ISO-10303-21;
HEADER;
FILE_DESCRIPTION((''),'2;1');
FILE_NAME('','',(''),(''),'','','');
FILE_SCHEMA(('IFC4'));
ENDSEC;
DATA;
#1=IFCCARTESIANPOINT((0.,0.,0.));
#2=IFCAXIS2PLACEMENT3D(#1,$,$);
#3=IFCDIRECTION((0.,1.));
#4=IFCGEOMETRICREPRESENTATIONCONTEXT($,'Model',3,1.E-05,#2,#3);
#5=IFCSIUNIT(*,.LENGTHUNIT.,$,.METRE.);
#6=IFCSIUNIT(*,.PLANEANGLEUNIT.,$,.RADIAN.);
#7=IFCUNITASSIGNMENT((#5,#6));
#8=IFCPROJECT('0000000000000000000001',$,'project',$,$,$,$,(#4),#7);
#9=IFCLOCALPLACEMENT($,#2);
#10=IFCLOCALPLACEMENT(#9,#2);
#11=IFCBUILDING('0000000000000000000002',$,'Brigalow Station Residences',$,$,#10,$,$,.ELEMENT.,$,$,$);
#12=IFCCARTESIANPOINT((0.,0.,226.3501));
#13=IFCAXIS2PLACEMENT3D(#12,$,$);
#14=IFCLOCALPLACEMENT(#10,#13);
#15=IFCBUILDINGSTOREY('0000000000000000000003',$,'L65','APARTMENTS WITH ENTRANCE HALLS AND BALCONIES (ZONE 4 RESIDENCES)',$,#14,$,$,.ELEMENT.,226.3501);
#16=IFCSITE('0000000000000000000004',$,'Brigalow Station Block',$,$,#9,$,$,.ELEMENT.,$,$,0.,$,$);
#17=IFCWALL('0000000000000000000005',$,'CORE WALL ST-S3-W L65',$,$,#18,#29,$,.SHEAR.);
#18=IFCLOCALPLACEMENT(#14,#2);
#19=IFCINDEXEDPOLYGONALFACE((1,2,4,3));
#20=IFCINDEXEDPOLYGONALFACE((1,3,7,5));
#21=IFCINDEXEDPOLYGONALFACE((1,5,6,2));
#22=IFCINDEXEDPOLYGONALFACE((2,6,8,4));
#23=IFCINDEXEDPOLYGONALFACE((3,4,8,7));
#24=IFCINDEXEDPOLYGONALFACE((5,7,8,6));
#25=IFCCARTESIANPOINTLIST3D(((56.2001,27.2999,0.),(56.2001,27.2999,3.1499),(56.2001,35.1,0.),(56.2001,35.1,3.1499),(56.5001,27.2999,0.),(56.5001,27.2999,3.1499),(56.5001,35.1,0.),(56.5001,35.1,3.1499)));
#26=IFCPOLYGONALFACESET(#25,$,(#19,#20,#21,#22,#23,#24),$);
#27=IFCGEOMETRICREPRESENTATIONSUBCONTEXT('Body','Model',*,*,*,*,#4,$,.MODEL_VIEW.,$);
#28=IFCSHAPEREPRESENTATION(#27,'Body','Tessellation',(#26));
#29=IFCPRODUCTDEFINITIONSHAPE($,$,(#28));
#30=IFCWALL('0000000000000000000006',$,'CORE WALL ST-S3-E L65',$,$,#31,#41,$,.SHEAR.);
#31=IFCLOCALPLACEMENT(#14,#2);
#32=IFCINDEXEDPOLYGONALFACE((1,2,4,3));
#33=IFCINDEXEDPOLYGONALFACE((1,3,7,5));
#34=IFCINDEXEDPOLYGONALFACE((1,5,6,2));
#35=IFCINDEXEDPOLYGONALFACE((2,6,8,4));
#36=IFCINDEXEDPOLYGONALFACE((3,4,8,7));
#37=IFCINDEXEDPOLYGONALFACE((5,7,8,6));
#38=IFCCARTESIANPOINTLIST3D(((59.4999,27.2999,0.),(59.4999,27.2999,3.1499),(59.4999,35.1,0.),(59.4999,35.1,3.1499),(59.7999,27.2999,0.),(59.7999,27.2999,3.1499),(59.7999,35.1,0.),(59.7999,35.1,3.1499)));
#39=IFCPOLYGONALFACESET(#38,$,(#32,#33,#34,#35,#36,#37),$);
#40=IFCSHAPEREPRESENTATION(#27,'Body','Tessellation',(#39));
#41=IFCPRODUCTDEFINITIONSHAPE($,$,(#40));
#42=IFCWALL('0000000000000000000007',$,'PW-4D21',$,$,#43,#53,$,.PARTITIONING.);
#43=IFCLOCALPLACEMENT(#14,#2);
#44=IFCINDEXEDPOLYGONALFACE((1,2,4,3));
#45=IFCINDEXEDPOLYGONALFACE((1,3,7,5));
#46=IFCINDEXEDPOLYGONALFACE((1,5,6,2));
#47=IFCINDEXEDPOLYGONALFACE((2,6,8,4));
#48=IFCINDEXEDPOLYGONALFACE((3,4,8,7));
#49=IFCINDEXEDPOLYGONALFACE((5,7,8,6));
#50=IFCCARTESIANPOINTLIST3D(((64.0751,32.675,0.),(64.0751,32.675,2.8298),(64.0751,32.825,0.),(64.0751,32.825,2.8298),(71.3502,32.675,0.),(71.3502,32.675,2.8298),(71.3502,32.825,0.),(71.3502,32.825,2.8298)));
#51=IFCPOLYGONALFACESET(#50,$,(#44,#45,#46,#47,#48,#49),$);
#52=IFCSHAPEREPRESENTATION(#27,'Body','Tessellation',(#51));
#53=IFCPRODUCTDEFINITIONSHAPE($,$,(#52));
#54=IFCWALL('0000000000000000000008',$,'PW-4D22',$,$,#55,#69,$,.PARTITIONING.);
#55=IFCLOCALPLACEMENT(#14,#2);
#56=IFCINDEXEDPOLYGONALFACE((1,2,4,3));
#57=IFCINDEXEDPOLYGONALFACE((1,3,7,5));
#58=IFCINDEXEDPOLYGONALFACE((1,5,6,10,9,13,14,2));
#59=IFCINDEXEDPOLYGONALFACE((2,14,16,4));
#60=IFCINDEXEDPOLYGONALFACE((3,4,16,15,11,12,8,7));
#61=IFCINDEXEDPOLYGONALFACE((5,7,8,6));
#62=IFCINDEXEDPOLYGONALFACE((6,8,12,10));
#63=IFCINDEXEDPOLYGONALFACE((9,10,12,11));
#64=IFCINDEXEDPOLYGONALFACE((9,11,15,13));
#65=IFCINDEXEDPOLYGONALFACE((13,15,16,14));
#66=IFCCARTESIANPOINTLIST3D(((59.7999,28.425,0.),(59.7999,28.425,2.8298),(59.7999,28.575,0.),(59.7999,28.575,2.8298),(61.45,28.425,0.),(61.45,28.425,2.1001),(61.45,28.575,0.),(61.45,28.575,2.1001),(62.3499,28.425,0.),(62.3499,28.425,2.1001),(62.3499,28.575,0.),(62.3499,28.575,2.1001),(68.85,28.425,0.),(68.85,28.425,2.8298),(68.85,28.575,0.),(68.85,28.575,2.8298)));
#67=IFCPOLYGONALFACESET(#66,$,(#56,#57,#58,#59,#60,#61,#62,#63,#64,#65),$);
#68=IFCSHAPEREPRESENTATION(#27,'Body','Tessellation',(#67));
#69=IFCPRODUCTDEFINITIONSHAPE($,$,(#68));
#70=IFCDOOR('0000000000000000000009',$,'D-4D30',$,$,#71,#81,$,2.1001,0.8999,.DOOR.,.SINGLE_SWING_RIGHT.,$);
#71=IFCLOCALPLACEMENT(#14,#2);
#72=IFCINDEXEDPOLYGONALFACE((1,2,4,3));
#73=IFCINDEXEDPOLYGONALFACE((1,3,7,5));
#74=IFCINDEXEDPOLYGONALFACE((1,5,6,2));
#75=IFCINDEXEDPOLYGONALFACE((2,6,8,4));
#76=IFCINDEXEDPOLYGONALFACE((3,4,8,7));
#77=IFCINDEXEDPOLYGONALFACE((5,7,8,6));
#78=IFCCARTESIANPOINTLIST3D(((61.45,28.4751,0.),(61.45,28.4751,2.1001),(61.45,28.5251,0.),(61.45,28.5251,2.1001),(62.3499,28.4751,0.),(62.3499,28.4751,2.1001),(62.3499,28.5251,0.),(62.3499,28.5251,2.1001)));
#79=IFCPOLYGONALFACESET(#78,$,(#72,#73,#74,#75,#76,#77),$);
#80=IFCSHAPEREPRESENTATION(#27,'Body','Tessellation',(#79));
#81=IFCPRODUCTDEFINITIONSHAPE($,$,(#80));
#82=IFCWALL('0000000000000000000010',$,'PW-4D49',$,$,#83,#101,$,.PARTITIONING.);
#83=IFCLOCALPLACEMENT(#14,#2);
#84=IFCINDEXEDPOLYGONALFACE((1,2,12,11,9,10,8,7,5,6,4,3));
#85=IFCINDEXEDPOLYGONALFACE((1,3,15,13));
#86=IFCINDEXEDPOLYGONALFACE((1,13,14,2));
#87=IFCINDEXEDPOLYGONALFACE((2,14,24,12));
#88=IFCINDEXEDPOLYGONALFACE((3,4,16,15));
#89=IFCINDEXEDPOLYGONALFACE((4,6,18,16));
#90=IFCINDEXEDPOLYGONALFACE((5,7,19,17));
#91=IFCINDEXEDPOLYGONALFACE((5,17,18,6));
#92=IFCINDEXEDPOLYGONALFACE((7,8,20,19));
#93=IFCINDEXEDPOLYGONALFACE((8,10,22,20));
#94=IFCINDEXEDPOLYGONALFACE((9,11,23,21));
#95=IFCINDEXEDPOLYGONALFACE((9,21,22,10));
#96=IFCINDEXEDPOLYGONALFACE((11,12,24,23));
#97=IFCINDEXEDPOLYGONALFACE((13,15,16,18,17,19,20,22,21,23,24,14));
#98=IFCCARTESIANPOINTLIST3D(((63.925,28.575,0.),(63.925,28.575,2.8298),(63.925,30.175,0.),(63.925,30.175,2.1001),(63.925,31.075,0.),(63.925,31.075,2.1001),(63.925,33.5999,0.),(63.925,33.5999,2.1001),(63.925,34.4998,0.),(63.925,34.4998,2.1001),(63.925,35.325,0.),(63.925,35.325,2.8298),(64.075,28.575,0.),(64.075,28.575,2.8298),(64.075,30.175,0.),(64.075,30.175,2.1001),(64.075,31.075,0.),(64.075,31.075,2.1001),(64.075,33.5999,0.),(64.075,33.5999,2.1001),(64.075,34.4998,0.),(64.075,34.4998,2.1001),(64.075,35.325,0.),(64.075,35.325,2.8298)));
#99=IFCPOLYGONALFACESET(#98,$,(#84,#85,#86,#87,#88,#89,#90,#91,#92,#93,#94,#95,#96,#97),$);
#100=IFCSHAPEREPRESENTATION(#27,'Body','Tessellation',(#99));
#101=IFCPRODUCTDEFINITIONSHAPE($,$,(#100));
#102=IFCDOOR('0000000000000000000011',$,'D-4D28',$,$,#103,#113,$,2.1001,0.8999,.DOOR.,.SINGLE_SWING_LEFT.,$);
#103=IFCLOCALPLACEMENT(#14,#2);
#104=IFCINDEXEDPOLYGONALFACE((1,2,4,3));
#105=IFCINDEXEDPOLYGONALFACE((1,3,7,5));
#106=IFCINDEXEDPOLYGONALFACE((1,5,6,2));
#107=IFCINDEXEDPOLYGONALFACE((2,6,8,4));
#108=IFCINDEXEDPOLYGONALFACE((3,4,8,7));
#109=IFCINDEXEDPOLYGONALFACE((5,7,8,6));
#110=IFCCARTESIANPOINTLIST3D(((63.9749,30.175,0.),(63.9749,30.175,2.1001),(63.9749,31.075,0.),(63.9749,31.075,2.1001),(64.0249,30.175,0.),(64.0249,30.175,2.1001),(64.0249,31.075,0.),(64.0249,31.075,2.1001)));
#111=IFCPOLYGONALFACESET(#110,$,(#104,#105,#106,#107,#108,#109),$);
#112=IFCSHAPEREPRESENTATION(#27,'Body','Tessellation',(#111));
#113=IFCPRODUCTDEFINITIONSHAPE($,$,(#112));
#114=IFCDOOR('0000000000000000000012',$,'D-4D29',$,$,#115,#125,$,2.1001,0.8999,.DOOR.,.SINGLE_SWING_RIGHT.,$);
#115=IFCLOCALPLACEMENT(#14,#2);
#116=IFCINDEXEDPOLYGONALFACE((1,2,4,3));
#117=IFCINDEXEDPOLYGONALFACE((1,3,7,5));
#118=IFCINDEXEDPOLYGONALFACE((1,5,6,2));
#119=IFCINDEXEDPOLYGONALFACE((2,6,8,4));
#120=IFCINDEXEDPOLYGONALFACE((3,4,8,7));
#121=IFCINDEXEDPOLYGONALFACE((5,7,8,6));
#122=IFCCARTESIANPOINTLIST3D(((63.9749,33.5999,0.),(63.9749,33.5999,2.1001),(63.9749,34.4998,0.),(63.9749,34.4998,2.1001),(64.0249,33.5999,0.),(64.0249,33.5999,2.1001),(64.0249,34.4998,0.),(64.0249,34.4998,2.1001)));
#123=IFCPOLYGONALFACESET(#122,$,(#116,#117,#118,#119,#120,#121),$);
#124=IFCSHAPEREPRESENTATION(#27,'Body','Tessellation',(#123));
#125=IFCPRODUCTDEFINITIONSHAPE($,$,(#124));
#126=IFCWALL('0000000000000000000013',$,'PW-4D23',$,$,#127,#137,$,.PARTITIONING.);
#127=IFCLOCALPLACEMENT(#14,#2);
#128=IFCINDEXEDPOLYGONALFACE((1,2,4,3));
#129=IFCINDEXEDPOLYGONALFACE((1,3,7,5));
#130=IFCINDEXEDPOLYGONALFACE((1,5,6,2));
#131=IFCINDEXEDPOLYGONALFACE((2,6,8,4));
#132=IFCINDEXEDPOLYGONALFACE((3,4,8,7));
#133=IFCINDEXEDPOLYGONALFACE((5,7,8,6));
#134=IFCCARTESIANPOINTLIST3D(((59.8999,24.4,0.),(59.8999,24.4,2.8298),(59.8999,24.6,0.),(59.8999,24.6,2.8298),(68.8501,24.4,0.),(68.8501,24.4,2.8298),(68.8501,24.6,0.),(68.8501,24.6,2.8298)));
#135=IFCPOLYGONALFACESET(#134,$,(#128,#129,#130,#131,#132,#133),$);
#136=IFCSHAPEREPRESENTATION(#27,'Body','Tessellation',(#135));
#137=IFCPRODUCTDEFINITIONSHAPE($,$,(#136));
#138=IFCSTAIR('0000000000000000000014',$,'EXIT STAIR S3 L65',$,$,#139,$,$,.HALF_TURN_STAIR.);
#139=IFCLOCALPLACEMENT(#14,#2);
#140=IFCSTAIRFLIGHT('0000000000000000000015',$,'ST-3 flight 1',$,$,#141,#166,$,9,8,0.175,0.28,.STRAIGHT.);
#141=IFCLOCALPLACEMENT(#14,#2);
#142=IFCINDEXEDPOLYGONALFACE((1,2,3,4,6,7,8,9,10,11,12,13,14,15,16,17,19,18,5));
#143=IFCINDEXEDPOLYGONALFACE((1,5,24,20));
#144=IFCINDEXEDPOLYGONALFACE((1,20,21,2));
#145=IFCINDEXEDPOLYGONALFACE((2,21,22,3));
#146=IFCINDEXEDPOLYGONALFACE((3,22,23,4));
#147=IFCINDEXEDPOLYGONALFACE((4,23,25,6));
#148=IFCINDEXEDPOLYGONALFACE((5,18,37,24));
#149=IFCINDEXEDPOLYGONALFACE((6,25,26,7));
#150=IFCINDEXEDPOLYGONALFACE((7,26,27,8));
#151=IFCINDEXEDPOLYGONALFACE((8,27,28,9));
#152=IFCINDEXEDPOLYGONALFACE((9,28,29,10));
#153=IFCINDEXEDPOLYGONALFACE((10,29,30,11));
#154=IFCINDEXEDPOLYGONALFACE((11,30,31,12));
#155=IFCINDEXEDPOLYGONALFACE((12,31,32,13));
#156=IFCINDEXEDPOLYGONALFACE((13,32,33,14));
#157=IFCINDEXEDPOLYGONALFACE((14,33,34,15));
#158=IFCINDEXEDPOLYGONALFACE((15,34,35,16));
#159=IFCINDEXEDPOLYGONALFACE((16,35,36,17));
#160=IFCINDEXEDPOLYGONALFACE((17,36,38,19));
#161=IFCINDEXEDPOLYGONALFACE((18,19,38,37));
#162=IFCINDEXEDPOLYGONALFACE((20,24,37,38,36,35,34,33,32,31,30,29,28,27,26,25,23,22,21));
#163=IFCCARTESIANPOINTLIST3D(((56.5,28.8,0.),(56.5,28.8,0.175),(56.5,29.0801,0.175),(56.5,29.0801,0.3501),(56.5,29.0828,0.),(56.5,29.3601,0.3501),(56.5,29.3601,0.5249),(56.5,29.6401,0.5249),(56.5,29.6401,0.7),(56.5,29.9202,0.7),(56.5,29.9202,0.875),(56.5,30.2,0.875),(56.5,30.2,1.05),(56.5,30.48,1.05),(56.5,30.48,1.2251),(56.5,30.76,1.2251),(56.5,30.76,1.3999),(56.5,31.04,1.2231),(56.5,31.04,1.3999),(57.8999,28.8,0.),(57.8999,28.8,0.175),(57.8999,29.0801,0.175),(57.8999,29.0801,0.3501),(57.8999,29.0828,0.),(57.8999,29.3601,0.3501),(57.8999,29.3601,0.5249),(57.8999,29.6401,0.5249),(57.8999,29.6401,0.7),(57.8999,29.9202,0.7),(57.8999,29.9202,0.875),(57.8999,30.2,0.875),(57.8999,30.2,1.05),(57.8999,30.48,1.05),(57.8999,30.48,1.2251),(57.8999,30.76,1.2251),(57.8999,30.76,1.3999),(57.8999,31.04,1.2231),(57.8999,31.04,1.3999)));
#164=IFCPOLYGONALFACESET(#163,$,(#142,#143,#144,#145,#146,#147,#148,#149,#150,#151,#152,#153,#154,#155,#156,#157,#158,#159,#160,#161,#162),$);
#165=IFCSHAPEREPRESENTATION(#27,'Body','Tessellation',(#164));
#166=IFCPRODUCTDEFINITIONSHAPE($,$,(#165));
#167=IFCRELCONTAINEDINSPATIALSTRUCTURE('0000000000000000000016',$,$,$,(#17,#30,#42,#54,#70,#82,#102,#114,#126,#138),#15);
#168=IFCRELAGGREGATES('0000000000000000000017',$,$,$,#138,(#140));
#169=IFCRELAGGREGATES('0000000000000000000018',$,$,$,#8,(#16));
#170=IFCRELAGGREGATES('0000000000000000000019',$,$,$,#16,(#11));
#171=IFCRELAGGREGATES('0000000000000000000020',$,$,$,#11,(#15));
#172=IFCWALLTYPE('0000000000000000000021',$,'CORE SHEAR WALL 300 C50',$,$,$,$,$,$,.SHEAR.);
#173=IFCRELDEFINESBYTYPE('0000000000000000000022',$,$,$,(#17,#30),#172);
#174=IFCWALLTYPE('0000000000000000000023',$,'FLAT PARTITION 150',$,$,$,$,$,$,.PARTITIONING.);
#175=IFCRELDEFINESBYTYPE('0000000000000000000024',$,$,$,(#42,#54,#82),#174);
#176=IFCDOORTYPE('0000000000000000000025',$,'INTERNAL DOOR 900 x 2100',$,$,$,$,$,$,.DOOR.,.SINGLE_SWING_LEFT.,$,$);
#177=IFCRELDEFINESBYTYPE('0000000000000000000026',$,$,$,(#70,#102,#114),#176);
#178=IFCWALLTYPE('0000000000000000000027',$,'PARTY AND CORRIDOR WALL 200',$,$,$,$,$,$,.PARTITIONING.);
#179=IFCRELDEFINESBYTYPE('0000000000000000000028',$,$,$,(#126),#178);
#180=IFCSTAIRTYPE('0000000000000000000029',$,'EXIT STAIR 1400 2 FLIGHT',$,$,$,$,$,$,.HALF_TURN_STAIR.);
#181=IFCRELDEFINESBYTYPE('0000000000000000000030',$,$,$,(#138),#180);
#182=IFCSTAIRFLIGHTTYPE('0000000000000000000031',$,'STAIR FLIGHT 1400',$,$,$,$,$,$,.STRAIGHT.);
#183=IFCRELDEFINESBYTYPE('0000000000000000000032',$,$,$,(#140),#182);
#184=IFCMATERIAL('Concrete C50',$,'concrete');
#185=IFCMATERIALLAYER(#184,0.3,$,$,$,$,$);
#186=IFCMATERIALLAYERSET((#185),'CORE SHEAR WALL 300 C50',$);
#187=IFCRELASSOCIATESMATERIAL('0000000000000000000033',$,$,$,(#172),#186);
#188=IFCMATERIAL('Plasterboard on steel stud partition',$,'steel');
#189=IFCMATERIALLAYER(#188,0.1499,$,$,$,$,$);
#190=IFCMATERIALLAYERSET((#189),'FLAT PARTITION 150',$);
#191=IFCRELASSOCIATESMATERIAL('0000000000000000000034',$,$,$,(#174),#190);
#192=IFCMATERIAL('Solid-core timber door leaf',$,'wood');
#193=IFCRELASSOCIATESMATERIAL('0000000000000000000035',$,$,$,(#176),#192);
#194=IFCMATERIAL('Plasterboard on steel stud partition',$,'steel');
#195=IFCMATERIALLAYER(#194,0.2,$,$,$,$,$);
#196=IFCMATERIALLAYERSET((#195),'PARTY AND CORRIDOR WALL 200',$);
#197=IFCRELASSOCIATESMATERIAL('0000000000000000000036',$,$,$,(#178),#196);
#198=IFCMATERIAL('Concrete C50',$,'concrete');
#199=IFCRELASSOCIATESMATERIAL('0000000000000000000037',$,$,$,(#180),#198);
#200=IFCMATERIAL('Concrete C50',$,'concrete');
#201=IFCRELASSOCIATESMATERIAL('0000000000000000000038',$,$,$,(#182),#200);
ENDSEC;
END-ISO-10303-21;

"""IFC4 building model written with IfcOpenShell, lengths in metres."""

from ifc_helpers import new_model, si_unit, direction, frame, frame_2d, origin, place, context, subcontext, project, spatial, polyline, rectangle, outline, extrude, material, layer, layer_set, type_object, element, fill, aggregate, save


model = new_model("IFC4")

# Units and contexts
model_context = context("Model", 3, precision=1e-05, world=origin(), true_north=direction((0.0, 1.0)))
body_context = subcontext(model_context, "Body", "Model", "MODEL_VIEW")
ifc_project = project(units=[si_unit("LENGTHUNIT", "METRE"), si_unit("PLANEANGLEUNIT", "RADIAN")], contexts=[model_context])

# Site, building, storey
site_placement = place(None, origin())
site = spatial("IfcSite", under=ifc_project, at=site_placement, Name="Brigalow Station Block", CompositionType="ELEMENT", RefElevation=0.0)
building_placement = place(site_placement, origin())
building = spatial("IfcBuilding", under=site, at=building_placement, Name="Brigalow Station Residences", CompositionType="ELEMENT")
storey_placement = place(building_placement, frame((0.0, 0.0, 226.3501)))
storey = spatial("IfcBuildingStorey", under=building, at=storey_placement, Name="L65", Description="APARTMENTS WITH ENTRANCE HALLS AND BALCONIES (ZONE 4 RESIDENCES)", CompositionType="ELEMENT", Elevation=226.3501)

# Walls
ifc_material_1 = material(Name="Concrete C50", Category="concrete")
ifc_layer_1 = layer(ifc_material_1, 0.3)
ifc_layer_set_1 = layer_set([ifc_layer_1], Name="CORE SHEAR WALL 300 C50")
wall_type_1 = type_object("IfcWallType", Name="CORE SHEAR WALL 300 C50", PredefinedType="SHEAR", material=ifc_layer_set_1)
for number, where, z_axis, x_axis, name in (
    (1, (56.3501, 27.3, 0.0), (0.0, 0.0, 1.0), (0.0, 1.0, 0.0), "CORE WALL ST-S3-W L65"),
    (2, (59.6499, 27.3, 0.0), (0.0, 0.0, 1.0), (0.0, 1.0, 0.0), "CORE WALL ST-S3-E L65"),
):
    element("IfcWall", number, at=place(storey_placement, frame(where, z_axis=z_axis, x_axis=x_axis)), inside=storey, type_object=wall_type_1, Name=name, PredefinedType="SHEAR", context=body_context, shape_type="SweptSolid", body=[
        extrude(rectangle(XDim=7.8, YDim=0.3, at=frame_2d((3.8999, 0.0))), origin(), (0.0, 0.0, 1.0), 3.1499),
    ])
ifc_material_2 = material(Name="Plasterboard on steel stud partition", Category="steel")
ifc_layer_2 = layer(ifc_material_2, 0.1499)
ifc_layer_set_2 = layer_set([ifc_layer_2], Name="FLAT PARTITION 150")
wall_type_2 = type_object("IfcWallType", Name="FLAT PARTITION 150", PredefinedType="PARTITIONING", material=ifc_layer_set_2)
wall_1_placement = place(storey_placement, frame((64.075, 32.75, 0.0), z_axis=(0.0, 0.0, 1.0), x_axis=(1.0, 0.0, 0.0)))
element("IfcWall", 3, at=wall_1_placement, inside=storey, type_object=wall_type_2, Name="PW-4D21", PredefinedType="PARTITIONING", context=body_context, shape_type="SweptSolid", body=[
    extrude(rectangle(XDim=7.2751, YDim=0.1499, at=frame_2d((3.6377, 0.0))), origin(), (0.0, 0.0, 1.0), 2.8298),
])

# Wall, opening, door
wall_2_placement = place(storey_placement, frame((59.8, 28.5, 0.0), z_axis=(0.0, 0.0, 1.0), x_axis=(1.0, 0.0, 0.0)))
wall_2 = element("IfcWall", 4, at=wall_2_placement, inside=storey, type_object=wall_type_2, Name="PW-4D22", PredefinedType="PARTITIONING", context=body_context, shape_type="SweptSolid", body=[
    extrude(rectangle(XDim=9.05, YDim=0.1499, at=frame_2d((4.5249, 0.0))), origin(), (0.0, 0.0, 1.0), 2.8298),
])
opening_1_placement = place(wall_2_placement, frame((1.6499, 0.0, 0.0)))
opening_1 = element("IfcOpeningElement", 5, at=opening_1_placement, cuts=wall_2, PredefinedType="OPENING", context=body_context, shape_type="SweptSolid", body=[
    extrude(rectangle(XDim=0.8999, YDim=2.1001, at=frame_2d((0.45, 1.05))), frame((0.0, 0.085, 0.0), z_axis=(0.0, -1.0, 0.0), x_axis=(1.0, 0.0, 0.0)), (0.0, 0.0, 1.0), 0.1699),
])
ifc_material_3 = material(Name="Solid-core timber door leaf", Category="wood")
door_type_1 = type_object("IfcDoorType", Name="INTERNAL DOOR 900 x 2100", OperationType="SINGLE_SWING_LEFT", PredefinedType="DOOR", material=ifc_material_3)
door_1_placement = place(opening_1_placement, frame((0.8999, 0.0, 0.0), z_axis=(0.0, 0.0, 1.0), x_axis=(-1.0, 0.0, 0.0)))
door_1 = element("IfcDoor", 6, at=door_1_placement, inside=storey, type_object=door_type_1, Name="D-4D30", OperationType="SINGLE_SWING_RIGHT", OverallHeight=2.1001, OverallWidth=0.8999, PredefinedType="DOOR", context=body_context, shape_type="SweptSolid", body=[
    extrude(rectangle(XDim=0.8999, YDim=2.1001, at=frame_2d((0.45, 1.05))), frame((0.0, 0.0249, 0.0), z_axis=(0.0, -1.0, 0.0), x_axis=(1.0, 0.0, 0.0)), (0.0, 0.0, 1.0), 0.05),
])
fill(opening_1, door_1)

# Wall, openings, doors
wall_3_placement = place(storey_placement, frame((64.0, 28.575, 0.0), z_axis=(0.0, 0.0, 1.0), x_axis=(0.0, 1.0, 0.0)))
wall_3 = element("IfcWall", 7, at=wall_3_placement, inside=storey, type_object=wall_type_2, Name="PW-4D49", PredefinedType="PARTITIONING", context=body_context, shape_type="SweptSolid", body=[
    extrude(rectangle(XDim=6.75, YDim=0.1499, at=frame_2d((3.375, 0.0))), origin(), (0.0, 0.0, 1.0), 2.8298),
])
opening_2_placement = place(wall_3_placement, frame((1.6001, 0.0, 0.0)))
opening_2 = element("IfcOpeningElement", 8, at=opening_2_placement, cuts=wall_3, PredefinedType="OPENING", context=body_context, shape_type="SweptSolid", body=[
    extrude(rectangle(XDim=0.8999, YDim=2.1001, at=frame_2d((0.45, 1.05))), frame((0.0, 0.085, 0.0), z_axis=(0.0, -1.0, 0.0), x_axis=(1.0, 0.0, 0.0)), (0.0, 0.0, 1.0), 0.1699),
])
opening_3_placement = place(wall_3_placement, frame((5.0249, 0.0, 0.0)))
opening_3 = element("IfcOpeningElement", 9, at=opening_3_placement, cuts=wall_3, PredefinedType="OPENING", context=body_context, shape_type="SweptSolid", body=[
    extrude(rectangle(XDim=0.8999, YDim=2.1001, at=frame_2d((0.45, 1.05))), frame((0.0, 0.085, 0.0), z_axis=(0.0, -1.0, 0.0), x_axis=(1.0, 0.0, 0.0)), (0.0, 0.0, 1.0), 0.1699),
])
door_2_placement = place(opening_2_placement, frame((0.8999, 0.0, 0.0), z_axis=(0.0, 0.0, 1.0), x_axis=(-1.0, 0.0, 0.0)))
door_2 = element("IfcDoor", 10, at=door_2_placement, inside=storey, type_object=door_type_1, Name="D-4D28", OperationType="SINGLE_SWING_LEFT", OverallHeight=2.1001, OverallWidth=0.8999, PredefinedType="DOOR", context=body_context, shape_type="SweptSolid", body=[
    extrude(rectangle(XDim=0.8999, YDim=2.1001, at=frame_2d((0.45, 1.05))), frame((0.0, 0.0249, 0.0), z_axis=(0.0, -1.0, 0.0), x_axis=(1.0, 0.0, 0.0)), (0.0, 0.0, 1.0), 0.05),
])
fill(opening_2, door_2)
door_3_placement = place(opening_3_placement, frame((0.8999, 0.0, 0.0), z_axis=(0.0, 0.0, 1.0), x_axis=(-1.0, 0.0, 0.0)))
door_3 = element("IfcDoor", 11, at=door_3_placement, inside=storey, type_object=door_type_1, Name="D-4D29", OperationType="SINGLE_SWING_RIGHT", OverallHeight=2.1001, OverallWidth=0.8999, PredefinedType="DOOR", context=body_context, shape_type="SweptSolid", body=[
    extrude(rectangle(XDim=0.8999, YDim=2.1001, at=frame_2d((0.45, 1.05))), frame((0.0, 0.0249, 0.0), z_axis=(0.0, -1.0, 0.0), x_axis=(1.0, 0.0, 0.0)), (0.0, 0.0, 1.0), 0.05),
])
fill(opening_3, door_3)

# Wall
ifc_material_4 = material(Name="Plasterboard on steel stud partition", Category="steel")
ifc_layer_3 = layer(ifc_material_4, 0.2)
ifc_layer_set_3 = layer_set([ifc_layer_3], Name="PARTY AND CORRIDOR WALL 200")
wall_type_3 = type_object("IfcWallType", Name="PARTY AND CORRIDOR WALL 200", PredefinedType="PARTITIONING", material=ifc_layer_set_3)
wall_4_placement = place(storey_placement, frame((59.8999, 24.5, 0.0), z_axis=(0.0, 0.0, 1.0), x_axis=(1.0, 0.0, 0.0)))
element("IfcWall", 12, at=wall_4_placement, inside=storey, type_object=wall_type_3, Name="PW-4D23", PredefinedType="PARTITIONING", context=body_context, shape_type="SweptSolid", body=[
    extrude(rectangle(XDim=8.9502, YDim=0.2, at=frame_2d((4.4751, 0.0))), origin(), (0.0, 0.0, 1.0), 2.8298),
])

# Stair, stair flight
ifc_material_5 = material(Name="Concrete C50", Category="concrete")
stair_type = type_object("IfcStairType", Name="EXIT STAIR 1400 2 FLIGHT", PredefinedType="HALF_TURN_STAIR", material=ifc_material_5)
stair_placement = place(storey_placement, origin())
stair = element("IfcStair", 13, at=stair_placement, inside=storey, type_object=stair_type, Name="EXIT STAIR S3 L65", PredefinedType="HALF_TURN_STAIR")
ifc_material_6 = material(Name="Concrete C50", Category="concrete")
stair_flight_type = type_object("IfcStairFlightType", Name="STAIR FLIGHT 1400", PredefinedType="STRAIGHT", material=ifc_material_6)
stair_flight_1_placement = place(storey_placement, frame((57.2, 28.8, 0.0), z_axis=(0.0, 0.0, 1.0), x_axis=(0.0, 1.0, 0.0)))
stair_flight_1 = element("IfcStairFlight", 14, at=stair_flight_1_placement, type_object=stair_flight_type, Name="ST-3 flight 1", NumberOfRisers=9, NumberOfTreads=8, PredefinedType="STRAIGHT", RiserHeight=0.175, TreadLength=0.28, context=body_context, shape_type="SweptSolid", body=[
    extrude(outline(polyline([(0.0, 0.0), (0.0, 0.175), (0.28, 0.175), (0.28, 0.3501), (0.5601, 0.3501), (0.5601, 0.5249), (0.8401, 0.5249), (0.8401, 0.7), (1.1201, 0.7), (1.1201, 0.875), (1.3999, 0.875), (1.3999, 1.05), (1.6799, 1.05), (1.6799, 1.2251), (1.96, 1.2251), (1.96, 1.3999), (2.24, 1.3999), (2.24, 1.575), (2.24, 1.2231), (0.2827, 0.0), (0.0, 0.0)])), frame((0.0, 0.7, 0.0), z_axis=(0.0, -1.0, 0.0), x_axis=(1.0, 0.0, 0.0)), (0.0, 0.0, 1.0), 1.3999),
])
aggregate(stair, [stair_flight_1])

save(model, "model.ifc")
